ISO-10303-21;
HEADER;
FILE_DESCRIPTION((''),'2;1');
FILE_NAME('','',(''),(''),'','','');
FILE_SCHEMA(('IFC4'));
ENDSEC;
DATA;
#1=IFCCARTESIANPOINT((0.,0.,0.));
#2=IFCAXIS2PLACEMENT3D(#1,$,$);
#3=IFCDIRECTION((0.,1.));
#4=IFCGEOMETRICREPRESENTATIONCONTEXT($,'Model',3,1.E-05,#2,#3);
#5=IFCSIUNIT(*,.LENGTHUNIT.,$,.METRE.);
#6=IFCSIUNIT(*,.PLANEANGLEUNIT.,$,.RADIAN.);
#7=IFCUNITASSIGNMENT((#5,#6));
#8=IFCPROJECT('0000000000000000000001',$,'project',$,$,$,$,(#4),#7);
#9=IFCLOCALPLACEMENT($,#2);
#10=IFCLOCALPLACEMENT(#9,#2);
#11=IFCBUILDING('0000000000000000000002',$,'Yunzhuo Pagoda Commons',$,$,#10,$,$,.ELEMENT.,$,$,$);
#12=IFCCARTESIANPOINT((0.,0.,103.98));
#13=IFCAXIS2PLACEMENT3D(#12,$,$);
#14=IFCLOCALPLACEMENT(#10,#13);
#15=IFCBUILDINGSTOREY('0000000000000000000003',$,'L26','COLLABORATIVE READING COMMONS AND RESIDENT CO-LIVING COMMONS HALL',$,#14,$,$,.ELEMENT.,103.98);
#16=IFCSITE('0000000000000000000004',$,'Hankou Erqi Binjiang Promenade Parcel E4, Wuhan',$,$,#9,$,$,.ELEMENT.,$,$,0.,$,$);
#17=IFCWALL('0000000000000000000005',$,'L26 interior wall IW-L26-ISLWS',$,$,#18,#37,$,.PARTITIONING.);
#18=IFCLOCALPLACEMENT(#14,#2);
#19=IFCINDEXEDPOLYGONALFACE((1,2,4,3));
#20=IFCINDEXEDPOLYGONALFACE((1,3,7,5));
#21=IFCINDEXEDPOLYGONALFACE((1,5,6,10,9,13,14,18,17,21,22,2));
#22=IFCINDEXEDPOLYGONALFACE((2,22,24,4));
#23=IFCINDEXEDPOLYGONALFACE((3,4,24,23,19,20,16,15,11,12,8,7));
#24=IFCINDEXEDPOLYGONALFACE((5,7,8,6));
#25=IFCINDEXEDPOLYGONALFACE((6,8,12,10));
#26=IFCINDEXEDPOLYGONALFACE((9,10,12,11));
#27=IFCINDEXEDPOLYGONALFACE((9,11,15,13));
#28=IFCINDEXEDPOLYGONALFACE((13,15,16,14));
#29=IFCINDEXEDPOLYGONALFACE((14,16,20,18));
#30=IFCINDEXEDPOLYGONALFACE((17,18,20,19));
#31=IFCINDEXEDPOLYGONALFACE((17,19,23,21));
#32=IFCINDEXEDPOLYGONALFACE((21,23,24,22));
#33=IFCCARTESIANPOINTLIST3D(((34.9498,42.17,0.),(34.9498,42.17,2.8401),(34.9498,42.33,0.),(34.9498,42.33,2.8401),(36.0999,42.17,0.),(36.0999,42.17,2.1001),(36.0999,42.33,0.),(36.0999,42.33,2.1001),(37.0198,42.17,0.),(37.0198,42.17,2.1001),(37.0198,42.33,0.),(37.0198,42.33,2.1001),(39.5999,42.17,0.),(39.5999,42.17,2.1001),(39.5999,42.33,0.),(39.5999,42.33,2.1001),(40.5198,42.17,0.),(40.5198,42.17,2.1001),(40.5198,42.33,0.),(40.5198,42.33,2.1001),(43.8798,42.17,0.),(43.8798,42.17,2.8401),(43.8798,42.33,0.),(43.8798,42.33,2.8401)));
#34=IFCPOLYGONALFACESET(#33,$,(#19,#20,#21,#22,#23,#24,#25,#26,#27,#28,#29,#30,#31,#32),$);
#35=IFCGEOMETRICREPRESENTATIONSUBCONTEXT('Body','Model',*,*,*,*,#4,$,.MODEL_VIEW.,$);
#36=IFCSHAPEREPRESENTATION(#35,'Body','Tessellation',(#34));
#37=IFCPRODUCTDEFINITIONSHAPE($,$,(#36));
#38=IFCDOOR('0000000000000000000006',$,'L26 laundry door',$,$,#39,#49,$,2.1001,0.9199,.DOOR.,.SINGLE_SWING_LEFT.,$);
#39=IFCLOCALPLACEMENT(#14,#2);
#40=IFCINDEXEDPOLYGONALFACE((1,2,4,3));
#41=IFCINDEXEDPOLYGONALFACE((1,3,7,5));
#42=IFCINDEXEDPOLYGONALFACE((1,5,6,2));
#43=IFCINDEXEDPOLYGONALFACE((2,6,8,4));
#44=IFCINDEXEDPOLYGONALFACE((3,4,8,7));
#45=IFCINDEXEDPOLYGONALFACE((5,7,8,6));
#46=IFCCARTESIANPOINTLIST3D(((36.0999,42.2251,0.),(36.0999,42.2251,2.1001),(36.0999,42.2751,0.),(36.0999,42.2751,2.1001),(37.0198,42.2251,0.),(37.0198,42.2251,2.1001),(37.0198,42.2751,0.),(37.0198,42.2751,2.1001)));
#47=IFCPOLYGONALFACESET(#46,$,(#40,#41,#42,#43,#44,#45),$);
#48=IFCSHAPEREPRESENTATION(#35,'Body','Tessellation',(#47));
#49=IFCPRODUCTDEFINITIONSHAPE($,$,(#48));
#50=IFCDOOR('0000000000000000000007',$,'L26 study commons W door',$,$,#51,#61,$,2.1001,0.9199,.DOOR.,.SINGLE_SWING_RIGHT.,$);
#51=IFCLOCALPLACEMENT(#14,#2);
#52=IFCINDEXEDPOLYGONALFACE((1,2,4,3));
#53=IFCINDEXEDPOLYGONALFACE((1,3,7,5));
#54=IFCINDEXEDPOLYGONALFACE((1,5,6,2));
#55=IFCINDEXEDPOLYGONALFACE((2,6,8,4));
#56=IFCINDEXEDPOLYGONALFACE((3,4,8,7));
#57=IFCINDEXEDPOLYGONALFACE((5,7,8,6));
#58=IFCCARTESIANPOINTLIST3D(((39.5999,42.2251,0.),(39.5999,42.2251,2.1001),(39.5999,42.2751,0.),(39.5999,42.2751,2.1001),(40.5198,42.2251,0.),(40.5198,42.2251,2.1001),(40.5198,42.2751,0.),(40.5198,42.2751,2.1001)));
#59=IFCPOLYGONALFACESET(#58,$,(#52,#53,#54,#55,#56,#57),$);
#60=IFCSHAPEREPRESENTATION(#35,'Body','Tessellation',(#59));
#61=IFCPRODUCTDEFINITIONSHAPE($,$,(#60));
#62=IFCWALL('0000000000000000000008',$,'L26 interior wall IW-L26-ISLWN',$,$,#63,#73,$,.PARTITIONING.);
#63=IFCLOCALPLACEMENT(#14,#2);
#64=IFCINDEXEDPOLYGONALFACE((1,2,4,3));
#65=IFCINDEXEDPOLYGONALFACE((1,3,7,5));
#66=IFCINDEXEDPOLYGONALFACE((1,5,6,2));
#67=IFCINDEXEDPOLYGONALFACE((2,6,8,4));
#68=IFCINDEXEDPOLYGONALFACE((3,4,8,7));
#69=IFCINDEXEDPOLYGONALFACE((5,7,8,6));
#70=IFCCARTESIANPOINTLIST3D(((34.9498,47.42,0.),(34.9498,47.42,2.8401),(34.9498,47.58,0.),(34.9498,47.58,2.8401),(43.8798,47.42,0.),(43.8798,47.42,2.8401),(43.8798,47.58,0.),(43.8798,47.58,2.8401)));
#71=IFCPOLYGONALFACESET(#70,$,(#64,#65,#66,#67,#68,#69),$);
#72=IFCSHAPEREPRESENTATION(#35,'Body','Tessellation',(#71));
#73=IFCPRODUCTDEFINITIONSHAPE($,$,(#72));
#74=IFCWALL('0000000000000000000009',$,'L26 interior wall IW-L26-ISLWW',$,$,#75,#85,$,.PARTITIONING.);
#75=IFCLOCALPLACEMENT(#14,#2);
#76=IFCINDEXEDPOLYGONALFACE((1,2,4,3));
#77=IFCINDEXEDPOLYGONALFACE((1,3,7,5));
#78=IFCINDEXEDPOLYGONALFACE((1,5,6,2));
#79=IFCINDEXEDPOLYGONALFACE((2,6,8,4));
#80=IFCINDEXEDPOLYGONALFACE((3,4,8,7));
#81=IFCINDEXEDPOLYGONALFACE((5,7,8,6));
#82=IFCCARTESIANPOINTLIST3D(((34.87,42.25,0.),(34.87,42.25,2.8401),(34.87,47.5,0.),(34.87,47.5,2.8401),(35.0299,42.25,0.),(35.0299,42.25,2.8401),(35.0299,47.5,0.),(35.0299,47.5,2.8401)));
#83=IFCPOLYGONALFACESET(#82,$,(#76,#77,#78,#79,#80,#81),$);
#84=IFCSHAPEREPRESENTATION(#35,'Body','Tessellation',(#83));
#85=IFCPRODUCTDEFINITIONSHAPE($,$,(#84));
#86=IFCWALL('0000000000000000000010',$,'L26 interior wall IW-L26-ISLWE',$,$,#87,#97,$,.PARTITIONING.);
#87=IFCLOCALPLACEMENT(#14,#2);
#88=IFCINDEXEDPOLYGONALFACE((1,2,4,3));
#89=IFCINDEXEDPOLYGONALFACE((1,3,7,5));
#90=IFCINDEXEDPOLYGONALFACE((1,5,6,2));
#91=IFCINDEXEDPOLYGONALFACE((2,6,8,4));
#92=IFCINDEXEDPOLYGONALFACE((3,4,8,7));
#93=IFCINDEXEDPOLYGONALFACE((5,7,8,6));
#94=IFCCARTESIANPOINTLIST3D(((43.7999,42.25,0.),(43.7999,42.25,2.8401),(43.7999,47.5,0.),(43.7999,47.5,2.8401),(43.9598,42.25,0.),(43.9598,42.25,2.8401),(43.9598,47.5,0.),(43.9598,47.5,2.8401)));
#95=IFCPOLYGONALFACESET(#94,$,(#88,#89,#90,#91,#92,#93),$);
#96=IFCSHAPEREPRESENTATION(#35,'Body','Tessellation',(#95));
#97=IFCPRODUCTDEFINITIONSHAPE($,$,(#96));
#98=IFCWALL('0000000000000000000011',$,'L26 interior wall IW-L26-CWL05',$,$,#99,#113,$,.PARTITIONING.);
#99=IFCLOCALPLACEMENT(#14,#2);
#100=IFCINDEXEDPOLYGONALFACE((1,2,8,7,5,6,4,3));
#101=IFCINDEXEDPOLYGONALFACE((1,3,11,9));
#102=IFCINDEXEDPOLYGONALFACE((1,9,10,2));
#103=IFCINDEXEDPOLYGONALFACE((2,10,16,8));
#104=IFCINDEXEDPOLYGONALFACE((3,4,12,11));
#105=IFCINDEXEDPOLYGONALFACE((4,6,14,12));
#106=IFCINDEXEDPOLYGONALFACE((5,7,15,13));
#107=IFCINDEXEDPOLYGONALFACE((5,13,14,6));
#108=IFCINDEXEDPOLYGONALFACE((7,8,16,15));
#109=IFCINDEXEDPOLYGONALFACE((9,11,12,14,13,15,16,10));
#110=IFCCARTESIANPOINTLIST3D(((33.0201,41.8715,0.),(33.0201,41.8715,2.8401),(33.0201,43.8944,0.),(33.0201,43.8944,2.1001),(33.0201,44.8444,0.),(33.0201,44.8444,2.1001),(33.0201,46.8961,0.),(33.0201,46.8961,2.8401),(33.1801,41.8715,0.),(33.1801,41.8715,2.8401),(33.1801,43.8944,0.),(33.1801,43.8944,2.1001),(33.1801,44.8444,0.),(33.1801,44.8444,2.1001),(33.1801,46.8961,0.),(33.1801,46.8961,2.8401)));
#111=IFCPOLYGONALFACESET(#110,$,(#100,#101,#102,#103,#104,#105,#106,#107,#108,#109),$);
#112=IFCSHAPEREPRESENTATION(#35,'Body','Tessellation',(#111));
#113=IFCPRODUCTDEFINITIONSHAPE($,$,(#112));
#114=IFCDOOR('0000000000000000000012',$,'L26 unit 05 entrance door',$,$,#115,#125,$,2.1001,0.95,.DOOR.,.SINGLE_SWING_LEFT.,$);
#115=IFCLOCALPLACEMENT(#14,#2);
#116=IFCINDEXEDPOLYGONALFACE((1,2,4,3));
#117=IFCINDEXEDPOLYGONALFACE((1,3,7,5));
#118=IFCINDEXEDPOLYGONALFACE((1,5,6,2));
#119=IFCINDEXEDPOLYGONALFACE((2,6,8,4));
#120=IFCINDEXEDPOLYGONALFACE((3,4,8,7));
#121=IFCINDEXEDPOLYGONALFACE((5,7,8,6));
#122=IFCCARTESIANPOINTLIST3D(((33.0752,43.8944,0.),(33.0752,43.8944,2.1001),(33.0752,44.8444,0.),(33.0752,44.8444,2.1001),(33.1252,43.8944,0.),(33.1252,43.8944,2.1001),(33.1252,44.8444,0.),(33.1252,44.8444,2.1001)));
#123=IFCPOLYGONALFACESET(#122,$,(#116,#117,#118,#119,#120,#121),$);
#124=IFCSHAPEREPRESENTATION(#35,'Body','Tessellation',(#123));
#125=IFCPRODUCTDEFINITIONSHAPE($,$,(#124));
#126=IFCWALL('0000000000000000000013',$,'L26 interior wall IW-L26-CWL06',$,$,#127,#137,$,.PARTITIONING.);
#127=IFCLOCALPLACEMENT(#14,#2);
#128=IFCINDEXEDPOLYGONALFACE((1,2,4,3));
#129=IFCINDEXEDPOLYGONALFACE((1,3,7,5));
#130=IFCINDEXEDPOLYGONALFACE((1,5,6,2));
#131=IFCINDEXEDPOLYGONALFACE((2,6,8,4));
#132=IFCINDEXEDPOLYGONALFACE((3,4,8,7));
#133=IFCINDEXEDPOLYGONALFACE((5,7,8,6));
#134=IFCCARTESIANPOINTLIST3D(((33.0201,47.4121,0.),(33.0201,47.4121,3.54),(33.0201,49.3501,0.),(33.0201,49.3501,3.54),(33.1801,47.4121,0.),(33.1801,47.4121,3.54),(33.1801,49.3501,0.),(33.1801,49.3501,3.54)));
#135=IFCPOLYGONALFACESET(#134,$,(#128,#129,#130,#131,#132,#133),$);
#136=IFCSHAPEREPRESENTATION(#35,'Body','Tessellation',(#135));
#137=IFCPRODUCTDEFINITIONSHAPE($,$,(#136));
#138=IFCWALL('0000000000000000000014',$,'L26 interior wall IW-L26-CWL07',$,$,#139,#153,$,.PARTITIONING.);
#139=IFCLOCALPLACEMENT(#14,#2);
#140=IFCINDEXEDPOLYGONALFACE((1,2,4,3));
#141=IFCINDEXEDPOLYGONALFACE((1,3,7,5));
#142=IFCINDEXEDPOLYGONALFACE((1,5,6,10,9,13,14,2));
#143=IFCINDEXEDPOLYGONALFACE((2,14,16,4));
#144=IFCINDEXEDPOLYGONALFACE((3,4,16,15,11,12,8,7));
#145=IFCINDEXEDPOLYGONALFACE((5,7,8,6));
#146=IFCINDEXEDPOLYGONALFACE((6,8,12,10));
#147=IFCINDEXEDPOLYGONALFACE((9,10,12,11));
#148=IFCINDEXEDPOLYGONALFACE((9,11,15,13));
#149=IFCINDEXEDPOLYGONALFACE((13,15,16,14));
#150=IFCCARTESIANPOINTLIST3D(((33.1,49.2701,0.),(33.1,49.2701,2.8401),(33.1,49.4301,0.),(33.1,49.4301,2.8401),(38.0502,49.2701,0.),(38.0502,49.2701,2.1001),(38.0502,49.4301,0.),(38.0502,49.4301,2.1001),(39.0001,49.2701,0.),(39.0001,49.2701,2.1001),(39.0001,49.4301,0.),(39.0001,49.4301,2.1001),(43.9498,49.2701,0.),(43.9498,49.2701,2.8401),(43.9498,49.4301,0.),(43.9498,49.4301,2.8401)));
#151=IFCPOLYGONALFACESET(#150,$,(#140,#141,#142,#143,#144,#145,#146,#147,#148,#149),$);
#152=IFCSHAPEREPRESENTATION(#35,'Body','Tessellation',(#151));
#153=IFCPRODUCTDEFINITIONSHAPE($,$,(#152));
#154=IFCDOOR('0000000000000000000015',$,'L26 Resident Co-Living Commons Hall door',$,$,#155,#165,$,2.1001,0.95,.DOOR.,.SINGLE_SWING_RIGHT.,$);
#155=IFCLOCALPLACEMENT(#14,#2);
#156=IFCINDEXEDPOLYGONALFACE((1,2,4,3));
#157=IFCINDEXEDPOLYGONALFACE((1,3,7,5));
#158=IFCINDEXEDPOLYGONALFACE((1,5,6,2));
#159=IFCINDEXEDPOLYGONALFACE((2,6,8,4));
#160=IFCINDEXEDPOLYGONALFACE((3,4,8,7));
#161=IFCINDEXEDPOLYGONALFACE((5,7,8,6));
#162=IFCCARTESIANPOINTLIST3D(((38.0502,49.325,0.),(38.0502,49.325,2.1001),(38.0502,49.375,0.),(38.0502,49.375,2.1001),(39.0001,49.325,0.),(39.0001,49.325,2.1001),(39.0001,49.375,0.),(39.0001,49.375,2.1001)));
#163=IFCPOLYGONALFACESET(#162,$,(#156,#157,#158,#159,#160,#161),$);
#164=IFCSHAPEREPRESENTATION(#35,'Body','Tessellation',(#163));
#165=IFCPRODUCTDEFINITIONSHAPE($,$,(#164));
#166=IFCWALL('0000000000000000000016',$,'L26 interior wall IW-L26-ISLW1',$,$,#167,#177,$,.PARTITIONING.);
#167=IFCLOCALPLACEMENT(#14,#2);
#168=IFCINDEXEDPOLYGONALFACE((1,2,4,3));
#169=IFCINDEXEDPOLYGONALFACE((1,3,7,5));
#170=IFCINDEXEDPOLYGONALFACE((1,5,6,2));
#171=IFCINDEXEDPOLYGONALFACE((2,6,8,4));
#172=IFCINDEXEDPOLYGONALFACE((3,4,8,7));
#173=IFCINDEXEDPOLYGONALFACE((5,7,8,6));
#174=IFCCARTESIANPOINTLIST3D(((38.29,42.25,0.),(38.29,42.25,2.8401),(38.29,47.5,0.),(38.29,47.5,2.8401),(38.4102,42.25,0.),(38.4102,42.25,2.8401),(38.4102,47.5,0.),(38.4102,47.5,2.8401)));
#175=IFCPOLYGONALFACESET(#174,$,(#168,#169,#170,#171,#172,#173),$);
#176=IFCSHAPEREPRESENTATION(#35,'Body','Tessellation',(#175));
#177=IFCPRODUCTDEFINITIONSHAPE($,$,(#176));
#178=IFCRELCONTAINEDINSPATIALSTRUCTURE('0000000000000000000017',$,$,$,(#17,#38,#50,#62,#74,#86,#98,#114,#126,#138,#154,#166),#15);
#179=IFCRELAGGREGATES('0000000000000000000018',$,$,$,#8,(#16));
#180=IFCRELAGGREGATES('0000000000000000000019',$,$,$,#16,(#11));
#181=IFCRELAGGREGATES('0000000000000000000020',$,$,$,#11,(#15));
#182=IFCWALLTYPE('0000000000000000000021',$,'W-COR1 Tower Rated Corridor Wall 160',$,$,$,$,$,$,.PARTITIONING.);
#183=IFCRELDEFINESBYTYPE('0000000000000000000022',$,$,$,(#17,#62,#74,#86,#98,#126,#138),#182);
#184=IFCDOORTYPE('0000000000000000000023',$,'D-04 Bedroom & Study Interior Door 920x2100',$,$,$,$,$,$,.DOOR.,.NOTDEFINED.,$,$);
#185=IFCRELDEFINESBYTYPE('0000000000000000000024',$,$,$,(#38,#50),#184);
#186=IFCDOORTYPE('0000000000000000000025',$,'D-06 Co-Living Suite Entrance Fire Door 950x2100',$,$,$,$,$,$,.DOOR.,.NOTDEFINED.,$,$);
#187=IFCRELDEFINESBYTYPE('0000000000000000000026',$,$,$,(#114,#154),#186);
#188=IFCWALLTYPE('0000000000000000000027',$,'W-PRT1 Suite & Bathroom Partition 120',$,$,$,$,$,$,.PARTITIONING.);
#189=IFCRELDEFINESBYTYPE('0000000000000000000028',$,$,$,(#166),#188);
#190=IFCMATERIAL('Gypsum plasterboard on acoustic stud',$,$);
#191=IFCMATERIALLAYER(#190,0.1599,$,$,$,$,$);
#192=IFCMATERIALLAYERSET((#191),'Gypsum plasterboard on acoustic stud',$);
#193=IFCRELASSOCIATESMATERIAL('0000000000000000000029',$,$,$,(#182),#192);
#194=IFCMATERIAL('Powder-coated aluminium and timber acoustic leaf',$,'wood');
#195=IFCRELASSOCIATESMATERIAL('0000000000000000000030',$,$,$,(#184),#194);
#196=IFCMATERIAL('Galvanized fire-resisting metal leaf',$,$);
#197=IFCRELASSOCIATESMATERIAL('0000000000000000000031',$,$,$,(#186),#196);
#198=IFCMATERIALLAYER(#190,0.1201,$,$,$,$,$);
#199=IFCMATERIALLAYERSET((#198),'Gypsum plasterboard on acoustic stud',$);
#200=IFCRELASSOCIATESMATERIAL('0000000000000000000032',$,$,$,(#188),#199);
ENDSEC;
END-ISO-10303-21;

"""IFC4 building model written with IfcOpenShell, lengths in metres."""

from ifc_helpers import new_model, si_unit, direction, frame, frame_2d, origin, origin_with_axes, place, context, subcontext, project, spatial, rectangle, extrude, source, transform, mapped, material, layer, layer_set, type_object, element, fill, save


model = new_model("IFC4")

# Units and contexts
model_context = context("Model", 3, precision=1e-05, world=origin(), true_north=direction((0.0, 1.0)))
body_context = subcontext(model_context, "Body", "Model", "MODEL_VIEW")
ifc_project = project(units=[si_unit("LENGTHUNIT", "METRE"), si_unit("PLANEANGLEUNIT", "RADIAN")], contexts=[model_context])

# Site, building, storey
site_placement = place(None, origin())
site = spatial("IfcSite", under=ifc_project, at=site_placement, Name="Hankou Erqi Binjiang Promenade Parcel E4, Wuhan", CompositionType="ELEMENT", RefElevation=0.0)
building_placement = place(site_placement, origin())
building = spatial("IfcBuilding", under=site, at=building_placement, Name="Yunzhuo Pagoda Commons", CompositionType="ELEMENT")
storey_placement = place(building_placement, frame((0.0, 0.0, 103.98)))
storey = spatial("IfcBuildingStorey", under=building, at=storey_placement, Name="L26", Description="COLLABORATIVE READING COMMONS AND RESIDENT CO-LIVING COMMONS HALL", CompositionType="ELEMENT", Elevation=103.98)

# Shared definitions
ifc_material_1 = material(Name="Galvanized fire-resisting metal leaf")

# Wall, openings, doors
ifc_material_2 = material(Name="Gypsum plasterboard on acoustic stud")
ifc_layer_1 = layer(ifc_material_2, 0.1599)
ifc_layer_set_1 = layer_set([ifc_layer_1], Name="Gypsum plasterboard on acoustic stud")
wall_type_1 = type_object("IfcWallType", Name="W-COR1 Tower Rated Corridor Wall 160", PredefinedType="PARTITIONING", material=ifc_layer_set_1)
wall_1_placement = place(storey_placement, frame((34.95, 42.25, 0.0), z_axis=(0.0, 0.0, 1.0), x_axis=(1.0, 0.0, 0.0)))
wall_1 = element("IfcWall", 1, at=wall_1_placement, inside=storey, type_object=wall_type_1, Name="L26 interior wall IW-L26-ISLWS", PredefinedType="PARTITIONING", context=body_context, shape_type="SweptSolid", body=[
    extrude(rectangle(XDim=8.9299, YDim=0.1599, at=frame_2d((4.4648, 0.0))), origin(), (0.0, 0.0, 1.0), 2.8401),
])
opening_1_placement = place(wall_1_placement, frame((1.1499, 0.0, 0.0)))
opening_1 = element("IfcOpeningElement", 2, at=opening_1_placement, cuts=wall_1, PredefinedType="OPENING", context=body_context, shape_type="SweptSolid", body=[
    extrude(rectangle(XDim=0.9199, YDim=2.1001, at=frame_2d((0.46, 1.05))), frame((0.0, 0.0898, 0.0), z_axis=(0.0, -1.0, 0.0), x_axis=(1.0, 0.0, 0.0)), (0.0, 0.0, 1.0), 0.1799),
])
opening_2_placement = place(wall_1_placement, frame((4.6499, 0.0, 0.0)))
opening_2 = element("IfcOpeningElement", 3, at=opening_2_placement, cuts=wall_1, PredefinedType="OPENING", context=body_context, shape_type="SweptSolid", body=[
    extrude(rectangle(XDim=0.9199, YDim=2.1001, at=frame_2d((0.46, 1.05))), frame((0.0, 0.0898, 0.0), z_axis=(0.0, -1.0, 0.0), x_axis=(1.0, 0.0, 0.0)), (0.0, 0.0, 1.0), 0.1799),
])
ifc_material_3 = material(Name="Powder-coated aluminium and timber acoustic leaf", Category="wood")
door_type_1 = type_object("IfcDoorType", Name="D-04 Bedroom & Study Interior Door 920x2100", OperationType="NOTDEFINED", PredefinedType="DOOR", material=ifc_material_3)
shared_shape_1 = source(origin(), body_context, "Body", "SweptSolid", [
    extrude(rectangle(XDim=0.9199, YDim=2.1001, at=frame_2d((0.46, 1.05))), frame((0.0, 0.0249, 0.0), z_axis=(0.0, -1.0, 0.0), x_axis=(1.0, 0.0, 0.0)), (0.0, 0.0, 1.0), 0.05),
])
door_1_placement = place(opening_1_placement, frame((0.9199, 0.0, 0.0), z_axis=(0.0, 0.0, 1.0), x_axis=(-1.0, 0.0, 0.0)))
door_1 = element("IfcDoor", 4, at=door_1_placement, inside=storey, type_object=door_type_1, Name="L26 laundry door", OperationType="SINGLE_SWING_LEFT", OverallHeight=2.1001, OverallWidth=0.9199, PredefinedType="DOOR", context=body_context, shape_type="MappedRepresentation", body=[
    mapped(shared_shape_1, transform((0.0, 0.0, 0.0), scale=1.0)),
])
fill(opening_1, door_1)
door_2_placement = place(opening_2_placement, frame((0.9199, 0.0, 0.0), z_axis=(0.0, 0.0, 1.0), x_axis=(-1.0, 0.0, 0.0)))
door_2 = element("IfcDoor", 5, at=door_2_placement, inside=storey, type_object=door_type_1, Name="L26 study commons W door", OperationType="SINGLE_SWING_RIGHT", OverallHeight=2.1001, OverallWidth=0.9199, PredefinedType="DOOR", context=body_context, shape_type="MappedRepresentation", body=[
    mapped(shared_shape_1, transform((0.0, 0.0, 0.0), scale=1.0)),
])
fill(opening_2, door_2)

# Walls
wall_2_placement = place(storey_placement, frame((34.95, 47.5, 0.0), z_axis=(0.0, 0.0, 1.0), x_axis=(1.0, 0.0, 0.0)))
element("IfcWall", 6, at=wall_2_placement, inside=storey, type_object=wall_type_1, Name="L26 interior wall IW-L26-ISLWN", PredefinedType="PARTITIONING", context=body_context, shape_type="SweptSolid", body=[
    extrude(rectangle(XDim=8.9299, YDim=0.1599, at=frame_2d((4.4648, 0.0))), origin(), (0.0, 0.0, 1.0), 2.8401),
])
for number, where, z_axis, x_axis, name in (
    (7, (34.95, 42.25, 0.0), (0.0, 0.0, 1.0), (0.0, 1.0, 0.0), "L26 interior wall IW-L26-ISLWW"),
    (8, (43.8799, 42.25, 0.0), (0.0, 0.0, 1.0), (0.0, 1.0, 0.0), "L26 interior wall IW-L26-ISLWE"),
):
    element("IfcWall", number, at=place(storey_placement, frame(where, z_axis=z_axis, x_axis=x_axis)), inside=storey, type_object=wall_type_1, Name=name, PredefinedType="PARTITIONING", context=body_context, shape_type="SweptSolid", body=[
        extrude(rectangle(XDim=5.25, YDim=0.1599, at=frame_2d((2.625, 0.0))), origin(), (0.0, 0.0, 1.0), 2.8401),
    ])

# Wall, opening, door
wall_3_placement = place(storey_placement, frame((33.1001, 41.8716, 0.0), z_axis=(0.0, 0.0, 1.0), x_axis=(0.0, 1.0, 0.0)))
wall_3 = element("IfcWall", 9, at=wall_3_placement, inside=storey, type_object=wall_type_1, Name="L26 interior wall IW-L26-CWL05", PredefinedType="PARTITIONING", context=body_context, shape_type="SweptSolid", body=[
    extrude(rectangle(XDim=5.0247, YDim=0.1599, at=frame_2d((2.5122, 0.0))), origin(), (0.0, 0.0, 1.0), 2.8401),
])
opening_3_placement = place(wall_3_placement, frame((2.0227, 0.0, 0.0)))
opening_3 = element("IfcOpeningElement", 10, at=opening_3_placement, cuts=wall_3, PredefinedType="OPENING", context=body_context, shape_type="SweptSolid", body=[
    extrude(rectangle(XDim=0.95, YDim=2.1001, at=frame_2d((0.4751, 1.05))), frame((0.0, 0.0898, 0.0), z_axis=(0.0, -1.0, 0.0), x_axis=(1.0, 0.0, 0.0)), (0.0, 0.0, 1.0), 0.1799),
])
door_type_2 = type_object("IfcDoorType", Name="D-06 Co-Living Suite Entrance Fire Door 950x2100", OperationType="NOTDEFINED", PredefinedType="DOOR", material=ifc_material_1)
shared_shape_2 = source(origin(), body_context, "Body", "SweptSolid", [
    extrude(rectangle(XDim=0.95, YDim=2.1001, at=frame_2d((0.4751, 1.05))), frame((0.0, 0.0249, 0.0), z_axis=(0.0, -1.0, 0.0), x_axis=(1.0, 0.0, 0.0)), (0.0, 0.0, 1.0), 0.05),
])
door_3_placement = place(opening_3_placement, origin_with_axes())
door_3 = element("IfcDoor", 11, at=door_3_placement, inside=storey, type_object=door_type_2, Name="L26 unit 05 entrance door", OperationType="SINGLE_SWING_LEFT", OverallHeight=2.1001, OverallWidth=0.95, PredefinedType="DOOR", context=body_context, shape_type="MappedRepresentation", body=[
    mapped(shared_shape_2, transform((0.0, 0.0, 0.0), scale=1.0)),
])
fill(opening_3, door_3)

# Wall
wall_4_placement = place(storey_placement, frame((33.1001, 47.4121, 0.0), z_axis=(0.0, 0.0, 1.0), x_axis=(0.0, 1.0, 0.0)))
element("IfcWall", 12, at=wall_4_placement, inside=storey, type_object=wall_type_1, Name="L26 interior wall IW-L26-CWL06", PredefinedType="PARTITIONING", context=body_context, shape_type="SweptSolid", body=[
    extrude(rectangle(XDim=1.938, YDim=0.1599, at=frame_2d((0.969, 0.0))), origin(), (0.0, 0.0, 1.0), 3.54),
])

# Wall, opening, door
wall_5_placement = place(storey_placement, frame((33.1001, 49.3501, 0.0), z_axis=(0.0, 0.0, 1.0), x_axis=(1.0, 0.0, 0.0)))
wall_5 = element("IfcWall", 13, at=wall_5_placement, inside=storey, type_object=wall_type_1, Name="L26 interior wall IW-L26-CWL07", PredefinedType="PARTITIONING", context=body_context, shape_type="SweptSolid", body=[
    extrude(rectangle(XDim=10.8499, YDim=0.1599, at=frame_2d((5.4248, 0.0))), origin(), (0.0, 0.0, 1.0), 2.8401),
])
opening_4_placement = place(wall_5_placement, frame((4.95, 0.0, 0.0)))
opening_4 = element("IfcOpeningElement", 14, at=opening_4_placement, cuts=wall_5, PredefinedType="OPENING", context=body_context, shape_type="SweptSolid", body=[
    extrude(rectangle(XDim=0.95, YDim=2.1001, at=frame_2d((0.4751, 1.05))), frame((0.0, 0.0898, 0.0), z_axis=(0.0, -1.0, 0.0), x_axis=(1.0, 0.0, 0.0)), (0.0, 0.0, 1.0), 0.1799),
])
door_4_placement = place(opening_4_placement, origin_with_axes())
door_4 = element("IfcDoor", 15, at=door_4_placement, inside=storey, type_object=door_type_2, Name="L26 Resident Co-Living Commons Hall door", OperationType="SINGLE_SWING_RIGHT", OverallHeight=2.1001, OverallWidth=0.95, PredefinedType="DOOR", context=body_context, shape_type="MappedRepresentation", body=[
    mapped(shared_shape_2, transform((0.0, 0.0, 0.0), scale=1.0)),
])
fill(opening_4, door_4)

# Wall
ifc_layer_2 = layer(ifc_material_2, 0.1201)
ifc_layer_set_2 = layer_set([ifc_layer_2], Name="Gypsum plasterboard on acoustic stud")
wall_type_2 = type_object("IfcWallType", Name="W-PRT1 Suite & Bathroom Partition 120", PredefinedType="PARTITIONING", material=ifc_layer_set_2)
wall_6_placement = place(storey_placement, frame((38.3501, 42.25, 0.0), z_axis=(0.0, 0.0, 1.0), x_axis=(0.0, 1.0, 0.0)))
element("IfcWall", 16, at=wall_6_placement, inside=storey, type_object=wall_type_2, Name="L26 interior wall IW-L26-ISLW1", PredefinedType="PARTITIONING", context=body_context, shape_type="SweptSolid", body=[
    extrude(rectangle(XDim=5.25, YDim=0.1201, at=frame_2d((2.625, 0.0))), origin(), (0.0, 0.0, 1.0), 2.8401),
])

save(model, "model.ifc")
